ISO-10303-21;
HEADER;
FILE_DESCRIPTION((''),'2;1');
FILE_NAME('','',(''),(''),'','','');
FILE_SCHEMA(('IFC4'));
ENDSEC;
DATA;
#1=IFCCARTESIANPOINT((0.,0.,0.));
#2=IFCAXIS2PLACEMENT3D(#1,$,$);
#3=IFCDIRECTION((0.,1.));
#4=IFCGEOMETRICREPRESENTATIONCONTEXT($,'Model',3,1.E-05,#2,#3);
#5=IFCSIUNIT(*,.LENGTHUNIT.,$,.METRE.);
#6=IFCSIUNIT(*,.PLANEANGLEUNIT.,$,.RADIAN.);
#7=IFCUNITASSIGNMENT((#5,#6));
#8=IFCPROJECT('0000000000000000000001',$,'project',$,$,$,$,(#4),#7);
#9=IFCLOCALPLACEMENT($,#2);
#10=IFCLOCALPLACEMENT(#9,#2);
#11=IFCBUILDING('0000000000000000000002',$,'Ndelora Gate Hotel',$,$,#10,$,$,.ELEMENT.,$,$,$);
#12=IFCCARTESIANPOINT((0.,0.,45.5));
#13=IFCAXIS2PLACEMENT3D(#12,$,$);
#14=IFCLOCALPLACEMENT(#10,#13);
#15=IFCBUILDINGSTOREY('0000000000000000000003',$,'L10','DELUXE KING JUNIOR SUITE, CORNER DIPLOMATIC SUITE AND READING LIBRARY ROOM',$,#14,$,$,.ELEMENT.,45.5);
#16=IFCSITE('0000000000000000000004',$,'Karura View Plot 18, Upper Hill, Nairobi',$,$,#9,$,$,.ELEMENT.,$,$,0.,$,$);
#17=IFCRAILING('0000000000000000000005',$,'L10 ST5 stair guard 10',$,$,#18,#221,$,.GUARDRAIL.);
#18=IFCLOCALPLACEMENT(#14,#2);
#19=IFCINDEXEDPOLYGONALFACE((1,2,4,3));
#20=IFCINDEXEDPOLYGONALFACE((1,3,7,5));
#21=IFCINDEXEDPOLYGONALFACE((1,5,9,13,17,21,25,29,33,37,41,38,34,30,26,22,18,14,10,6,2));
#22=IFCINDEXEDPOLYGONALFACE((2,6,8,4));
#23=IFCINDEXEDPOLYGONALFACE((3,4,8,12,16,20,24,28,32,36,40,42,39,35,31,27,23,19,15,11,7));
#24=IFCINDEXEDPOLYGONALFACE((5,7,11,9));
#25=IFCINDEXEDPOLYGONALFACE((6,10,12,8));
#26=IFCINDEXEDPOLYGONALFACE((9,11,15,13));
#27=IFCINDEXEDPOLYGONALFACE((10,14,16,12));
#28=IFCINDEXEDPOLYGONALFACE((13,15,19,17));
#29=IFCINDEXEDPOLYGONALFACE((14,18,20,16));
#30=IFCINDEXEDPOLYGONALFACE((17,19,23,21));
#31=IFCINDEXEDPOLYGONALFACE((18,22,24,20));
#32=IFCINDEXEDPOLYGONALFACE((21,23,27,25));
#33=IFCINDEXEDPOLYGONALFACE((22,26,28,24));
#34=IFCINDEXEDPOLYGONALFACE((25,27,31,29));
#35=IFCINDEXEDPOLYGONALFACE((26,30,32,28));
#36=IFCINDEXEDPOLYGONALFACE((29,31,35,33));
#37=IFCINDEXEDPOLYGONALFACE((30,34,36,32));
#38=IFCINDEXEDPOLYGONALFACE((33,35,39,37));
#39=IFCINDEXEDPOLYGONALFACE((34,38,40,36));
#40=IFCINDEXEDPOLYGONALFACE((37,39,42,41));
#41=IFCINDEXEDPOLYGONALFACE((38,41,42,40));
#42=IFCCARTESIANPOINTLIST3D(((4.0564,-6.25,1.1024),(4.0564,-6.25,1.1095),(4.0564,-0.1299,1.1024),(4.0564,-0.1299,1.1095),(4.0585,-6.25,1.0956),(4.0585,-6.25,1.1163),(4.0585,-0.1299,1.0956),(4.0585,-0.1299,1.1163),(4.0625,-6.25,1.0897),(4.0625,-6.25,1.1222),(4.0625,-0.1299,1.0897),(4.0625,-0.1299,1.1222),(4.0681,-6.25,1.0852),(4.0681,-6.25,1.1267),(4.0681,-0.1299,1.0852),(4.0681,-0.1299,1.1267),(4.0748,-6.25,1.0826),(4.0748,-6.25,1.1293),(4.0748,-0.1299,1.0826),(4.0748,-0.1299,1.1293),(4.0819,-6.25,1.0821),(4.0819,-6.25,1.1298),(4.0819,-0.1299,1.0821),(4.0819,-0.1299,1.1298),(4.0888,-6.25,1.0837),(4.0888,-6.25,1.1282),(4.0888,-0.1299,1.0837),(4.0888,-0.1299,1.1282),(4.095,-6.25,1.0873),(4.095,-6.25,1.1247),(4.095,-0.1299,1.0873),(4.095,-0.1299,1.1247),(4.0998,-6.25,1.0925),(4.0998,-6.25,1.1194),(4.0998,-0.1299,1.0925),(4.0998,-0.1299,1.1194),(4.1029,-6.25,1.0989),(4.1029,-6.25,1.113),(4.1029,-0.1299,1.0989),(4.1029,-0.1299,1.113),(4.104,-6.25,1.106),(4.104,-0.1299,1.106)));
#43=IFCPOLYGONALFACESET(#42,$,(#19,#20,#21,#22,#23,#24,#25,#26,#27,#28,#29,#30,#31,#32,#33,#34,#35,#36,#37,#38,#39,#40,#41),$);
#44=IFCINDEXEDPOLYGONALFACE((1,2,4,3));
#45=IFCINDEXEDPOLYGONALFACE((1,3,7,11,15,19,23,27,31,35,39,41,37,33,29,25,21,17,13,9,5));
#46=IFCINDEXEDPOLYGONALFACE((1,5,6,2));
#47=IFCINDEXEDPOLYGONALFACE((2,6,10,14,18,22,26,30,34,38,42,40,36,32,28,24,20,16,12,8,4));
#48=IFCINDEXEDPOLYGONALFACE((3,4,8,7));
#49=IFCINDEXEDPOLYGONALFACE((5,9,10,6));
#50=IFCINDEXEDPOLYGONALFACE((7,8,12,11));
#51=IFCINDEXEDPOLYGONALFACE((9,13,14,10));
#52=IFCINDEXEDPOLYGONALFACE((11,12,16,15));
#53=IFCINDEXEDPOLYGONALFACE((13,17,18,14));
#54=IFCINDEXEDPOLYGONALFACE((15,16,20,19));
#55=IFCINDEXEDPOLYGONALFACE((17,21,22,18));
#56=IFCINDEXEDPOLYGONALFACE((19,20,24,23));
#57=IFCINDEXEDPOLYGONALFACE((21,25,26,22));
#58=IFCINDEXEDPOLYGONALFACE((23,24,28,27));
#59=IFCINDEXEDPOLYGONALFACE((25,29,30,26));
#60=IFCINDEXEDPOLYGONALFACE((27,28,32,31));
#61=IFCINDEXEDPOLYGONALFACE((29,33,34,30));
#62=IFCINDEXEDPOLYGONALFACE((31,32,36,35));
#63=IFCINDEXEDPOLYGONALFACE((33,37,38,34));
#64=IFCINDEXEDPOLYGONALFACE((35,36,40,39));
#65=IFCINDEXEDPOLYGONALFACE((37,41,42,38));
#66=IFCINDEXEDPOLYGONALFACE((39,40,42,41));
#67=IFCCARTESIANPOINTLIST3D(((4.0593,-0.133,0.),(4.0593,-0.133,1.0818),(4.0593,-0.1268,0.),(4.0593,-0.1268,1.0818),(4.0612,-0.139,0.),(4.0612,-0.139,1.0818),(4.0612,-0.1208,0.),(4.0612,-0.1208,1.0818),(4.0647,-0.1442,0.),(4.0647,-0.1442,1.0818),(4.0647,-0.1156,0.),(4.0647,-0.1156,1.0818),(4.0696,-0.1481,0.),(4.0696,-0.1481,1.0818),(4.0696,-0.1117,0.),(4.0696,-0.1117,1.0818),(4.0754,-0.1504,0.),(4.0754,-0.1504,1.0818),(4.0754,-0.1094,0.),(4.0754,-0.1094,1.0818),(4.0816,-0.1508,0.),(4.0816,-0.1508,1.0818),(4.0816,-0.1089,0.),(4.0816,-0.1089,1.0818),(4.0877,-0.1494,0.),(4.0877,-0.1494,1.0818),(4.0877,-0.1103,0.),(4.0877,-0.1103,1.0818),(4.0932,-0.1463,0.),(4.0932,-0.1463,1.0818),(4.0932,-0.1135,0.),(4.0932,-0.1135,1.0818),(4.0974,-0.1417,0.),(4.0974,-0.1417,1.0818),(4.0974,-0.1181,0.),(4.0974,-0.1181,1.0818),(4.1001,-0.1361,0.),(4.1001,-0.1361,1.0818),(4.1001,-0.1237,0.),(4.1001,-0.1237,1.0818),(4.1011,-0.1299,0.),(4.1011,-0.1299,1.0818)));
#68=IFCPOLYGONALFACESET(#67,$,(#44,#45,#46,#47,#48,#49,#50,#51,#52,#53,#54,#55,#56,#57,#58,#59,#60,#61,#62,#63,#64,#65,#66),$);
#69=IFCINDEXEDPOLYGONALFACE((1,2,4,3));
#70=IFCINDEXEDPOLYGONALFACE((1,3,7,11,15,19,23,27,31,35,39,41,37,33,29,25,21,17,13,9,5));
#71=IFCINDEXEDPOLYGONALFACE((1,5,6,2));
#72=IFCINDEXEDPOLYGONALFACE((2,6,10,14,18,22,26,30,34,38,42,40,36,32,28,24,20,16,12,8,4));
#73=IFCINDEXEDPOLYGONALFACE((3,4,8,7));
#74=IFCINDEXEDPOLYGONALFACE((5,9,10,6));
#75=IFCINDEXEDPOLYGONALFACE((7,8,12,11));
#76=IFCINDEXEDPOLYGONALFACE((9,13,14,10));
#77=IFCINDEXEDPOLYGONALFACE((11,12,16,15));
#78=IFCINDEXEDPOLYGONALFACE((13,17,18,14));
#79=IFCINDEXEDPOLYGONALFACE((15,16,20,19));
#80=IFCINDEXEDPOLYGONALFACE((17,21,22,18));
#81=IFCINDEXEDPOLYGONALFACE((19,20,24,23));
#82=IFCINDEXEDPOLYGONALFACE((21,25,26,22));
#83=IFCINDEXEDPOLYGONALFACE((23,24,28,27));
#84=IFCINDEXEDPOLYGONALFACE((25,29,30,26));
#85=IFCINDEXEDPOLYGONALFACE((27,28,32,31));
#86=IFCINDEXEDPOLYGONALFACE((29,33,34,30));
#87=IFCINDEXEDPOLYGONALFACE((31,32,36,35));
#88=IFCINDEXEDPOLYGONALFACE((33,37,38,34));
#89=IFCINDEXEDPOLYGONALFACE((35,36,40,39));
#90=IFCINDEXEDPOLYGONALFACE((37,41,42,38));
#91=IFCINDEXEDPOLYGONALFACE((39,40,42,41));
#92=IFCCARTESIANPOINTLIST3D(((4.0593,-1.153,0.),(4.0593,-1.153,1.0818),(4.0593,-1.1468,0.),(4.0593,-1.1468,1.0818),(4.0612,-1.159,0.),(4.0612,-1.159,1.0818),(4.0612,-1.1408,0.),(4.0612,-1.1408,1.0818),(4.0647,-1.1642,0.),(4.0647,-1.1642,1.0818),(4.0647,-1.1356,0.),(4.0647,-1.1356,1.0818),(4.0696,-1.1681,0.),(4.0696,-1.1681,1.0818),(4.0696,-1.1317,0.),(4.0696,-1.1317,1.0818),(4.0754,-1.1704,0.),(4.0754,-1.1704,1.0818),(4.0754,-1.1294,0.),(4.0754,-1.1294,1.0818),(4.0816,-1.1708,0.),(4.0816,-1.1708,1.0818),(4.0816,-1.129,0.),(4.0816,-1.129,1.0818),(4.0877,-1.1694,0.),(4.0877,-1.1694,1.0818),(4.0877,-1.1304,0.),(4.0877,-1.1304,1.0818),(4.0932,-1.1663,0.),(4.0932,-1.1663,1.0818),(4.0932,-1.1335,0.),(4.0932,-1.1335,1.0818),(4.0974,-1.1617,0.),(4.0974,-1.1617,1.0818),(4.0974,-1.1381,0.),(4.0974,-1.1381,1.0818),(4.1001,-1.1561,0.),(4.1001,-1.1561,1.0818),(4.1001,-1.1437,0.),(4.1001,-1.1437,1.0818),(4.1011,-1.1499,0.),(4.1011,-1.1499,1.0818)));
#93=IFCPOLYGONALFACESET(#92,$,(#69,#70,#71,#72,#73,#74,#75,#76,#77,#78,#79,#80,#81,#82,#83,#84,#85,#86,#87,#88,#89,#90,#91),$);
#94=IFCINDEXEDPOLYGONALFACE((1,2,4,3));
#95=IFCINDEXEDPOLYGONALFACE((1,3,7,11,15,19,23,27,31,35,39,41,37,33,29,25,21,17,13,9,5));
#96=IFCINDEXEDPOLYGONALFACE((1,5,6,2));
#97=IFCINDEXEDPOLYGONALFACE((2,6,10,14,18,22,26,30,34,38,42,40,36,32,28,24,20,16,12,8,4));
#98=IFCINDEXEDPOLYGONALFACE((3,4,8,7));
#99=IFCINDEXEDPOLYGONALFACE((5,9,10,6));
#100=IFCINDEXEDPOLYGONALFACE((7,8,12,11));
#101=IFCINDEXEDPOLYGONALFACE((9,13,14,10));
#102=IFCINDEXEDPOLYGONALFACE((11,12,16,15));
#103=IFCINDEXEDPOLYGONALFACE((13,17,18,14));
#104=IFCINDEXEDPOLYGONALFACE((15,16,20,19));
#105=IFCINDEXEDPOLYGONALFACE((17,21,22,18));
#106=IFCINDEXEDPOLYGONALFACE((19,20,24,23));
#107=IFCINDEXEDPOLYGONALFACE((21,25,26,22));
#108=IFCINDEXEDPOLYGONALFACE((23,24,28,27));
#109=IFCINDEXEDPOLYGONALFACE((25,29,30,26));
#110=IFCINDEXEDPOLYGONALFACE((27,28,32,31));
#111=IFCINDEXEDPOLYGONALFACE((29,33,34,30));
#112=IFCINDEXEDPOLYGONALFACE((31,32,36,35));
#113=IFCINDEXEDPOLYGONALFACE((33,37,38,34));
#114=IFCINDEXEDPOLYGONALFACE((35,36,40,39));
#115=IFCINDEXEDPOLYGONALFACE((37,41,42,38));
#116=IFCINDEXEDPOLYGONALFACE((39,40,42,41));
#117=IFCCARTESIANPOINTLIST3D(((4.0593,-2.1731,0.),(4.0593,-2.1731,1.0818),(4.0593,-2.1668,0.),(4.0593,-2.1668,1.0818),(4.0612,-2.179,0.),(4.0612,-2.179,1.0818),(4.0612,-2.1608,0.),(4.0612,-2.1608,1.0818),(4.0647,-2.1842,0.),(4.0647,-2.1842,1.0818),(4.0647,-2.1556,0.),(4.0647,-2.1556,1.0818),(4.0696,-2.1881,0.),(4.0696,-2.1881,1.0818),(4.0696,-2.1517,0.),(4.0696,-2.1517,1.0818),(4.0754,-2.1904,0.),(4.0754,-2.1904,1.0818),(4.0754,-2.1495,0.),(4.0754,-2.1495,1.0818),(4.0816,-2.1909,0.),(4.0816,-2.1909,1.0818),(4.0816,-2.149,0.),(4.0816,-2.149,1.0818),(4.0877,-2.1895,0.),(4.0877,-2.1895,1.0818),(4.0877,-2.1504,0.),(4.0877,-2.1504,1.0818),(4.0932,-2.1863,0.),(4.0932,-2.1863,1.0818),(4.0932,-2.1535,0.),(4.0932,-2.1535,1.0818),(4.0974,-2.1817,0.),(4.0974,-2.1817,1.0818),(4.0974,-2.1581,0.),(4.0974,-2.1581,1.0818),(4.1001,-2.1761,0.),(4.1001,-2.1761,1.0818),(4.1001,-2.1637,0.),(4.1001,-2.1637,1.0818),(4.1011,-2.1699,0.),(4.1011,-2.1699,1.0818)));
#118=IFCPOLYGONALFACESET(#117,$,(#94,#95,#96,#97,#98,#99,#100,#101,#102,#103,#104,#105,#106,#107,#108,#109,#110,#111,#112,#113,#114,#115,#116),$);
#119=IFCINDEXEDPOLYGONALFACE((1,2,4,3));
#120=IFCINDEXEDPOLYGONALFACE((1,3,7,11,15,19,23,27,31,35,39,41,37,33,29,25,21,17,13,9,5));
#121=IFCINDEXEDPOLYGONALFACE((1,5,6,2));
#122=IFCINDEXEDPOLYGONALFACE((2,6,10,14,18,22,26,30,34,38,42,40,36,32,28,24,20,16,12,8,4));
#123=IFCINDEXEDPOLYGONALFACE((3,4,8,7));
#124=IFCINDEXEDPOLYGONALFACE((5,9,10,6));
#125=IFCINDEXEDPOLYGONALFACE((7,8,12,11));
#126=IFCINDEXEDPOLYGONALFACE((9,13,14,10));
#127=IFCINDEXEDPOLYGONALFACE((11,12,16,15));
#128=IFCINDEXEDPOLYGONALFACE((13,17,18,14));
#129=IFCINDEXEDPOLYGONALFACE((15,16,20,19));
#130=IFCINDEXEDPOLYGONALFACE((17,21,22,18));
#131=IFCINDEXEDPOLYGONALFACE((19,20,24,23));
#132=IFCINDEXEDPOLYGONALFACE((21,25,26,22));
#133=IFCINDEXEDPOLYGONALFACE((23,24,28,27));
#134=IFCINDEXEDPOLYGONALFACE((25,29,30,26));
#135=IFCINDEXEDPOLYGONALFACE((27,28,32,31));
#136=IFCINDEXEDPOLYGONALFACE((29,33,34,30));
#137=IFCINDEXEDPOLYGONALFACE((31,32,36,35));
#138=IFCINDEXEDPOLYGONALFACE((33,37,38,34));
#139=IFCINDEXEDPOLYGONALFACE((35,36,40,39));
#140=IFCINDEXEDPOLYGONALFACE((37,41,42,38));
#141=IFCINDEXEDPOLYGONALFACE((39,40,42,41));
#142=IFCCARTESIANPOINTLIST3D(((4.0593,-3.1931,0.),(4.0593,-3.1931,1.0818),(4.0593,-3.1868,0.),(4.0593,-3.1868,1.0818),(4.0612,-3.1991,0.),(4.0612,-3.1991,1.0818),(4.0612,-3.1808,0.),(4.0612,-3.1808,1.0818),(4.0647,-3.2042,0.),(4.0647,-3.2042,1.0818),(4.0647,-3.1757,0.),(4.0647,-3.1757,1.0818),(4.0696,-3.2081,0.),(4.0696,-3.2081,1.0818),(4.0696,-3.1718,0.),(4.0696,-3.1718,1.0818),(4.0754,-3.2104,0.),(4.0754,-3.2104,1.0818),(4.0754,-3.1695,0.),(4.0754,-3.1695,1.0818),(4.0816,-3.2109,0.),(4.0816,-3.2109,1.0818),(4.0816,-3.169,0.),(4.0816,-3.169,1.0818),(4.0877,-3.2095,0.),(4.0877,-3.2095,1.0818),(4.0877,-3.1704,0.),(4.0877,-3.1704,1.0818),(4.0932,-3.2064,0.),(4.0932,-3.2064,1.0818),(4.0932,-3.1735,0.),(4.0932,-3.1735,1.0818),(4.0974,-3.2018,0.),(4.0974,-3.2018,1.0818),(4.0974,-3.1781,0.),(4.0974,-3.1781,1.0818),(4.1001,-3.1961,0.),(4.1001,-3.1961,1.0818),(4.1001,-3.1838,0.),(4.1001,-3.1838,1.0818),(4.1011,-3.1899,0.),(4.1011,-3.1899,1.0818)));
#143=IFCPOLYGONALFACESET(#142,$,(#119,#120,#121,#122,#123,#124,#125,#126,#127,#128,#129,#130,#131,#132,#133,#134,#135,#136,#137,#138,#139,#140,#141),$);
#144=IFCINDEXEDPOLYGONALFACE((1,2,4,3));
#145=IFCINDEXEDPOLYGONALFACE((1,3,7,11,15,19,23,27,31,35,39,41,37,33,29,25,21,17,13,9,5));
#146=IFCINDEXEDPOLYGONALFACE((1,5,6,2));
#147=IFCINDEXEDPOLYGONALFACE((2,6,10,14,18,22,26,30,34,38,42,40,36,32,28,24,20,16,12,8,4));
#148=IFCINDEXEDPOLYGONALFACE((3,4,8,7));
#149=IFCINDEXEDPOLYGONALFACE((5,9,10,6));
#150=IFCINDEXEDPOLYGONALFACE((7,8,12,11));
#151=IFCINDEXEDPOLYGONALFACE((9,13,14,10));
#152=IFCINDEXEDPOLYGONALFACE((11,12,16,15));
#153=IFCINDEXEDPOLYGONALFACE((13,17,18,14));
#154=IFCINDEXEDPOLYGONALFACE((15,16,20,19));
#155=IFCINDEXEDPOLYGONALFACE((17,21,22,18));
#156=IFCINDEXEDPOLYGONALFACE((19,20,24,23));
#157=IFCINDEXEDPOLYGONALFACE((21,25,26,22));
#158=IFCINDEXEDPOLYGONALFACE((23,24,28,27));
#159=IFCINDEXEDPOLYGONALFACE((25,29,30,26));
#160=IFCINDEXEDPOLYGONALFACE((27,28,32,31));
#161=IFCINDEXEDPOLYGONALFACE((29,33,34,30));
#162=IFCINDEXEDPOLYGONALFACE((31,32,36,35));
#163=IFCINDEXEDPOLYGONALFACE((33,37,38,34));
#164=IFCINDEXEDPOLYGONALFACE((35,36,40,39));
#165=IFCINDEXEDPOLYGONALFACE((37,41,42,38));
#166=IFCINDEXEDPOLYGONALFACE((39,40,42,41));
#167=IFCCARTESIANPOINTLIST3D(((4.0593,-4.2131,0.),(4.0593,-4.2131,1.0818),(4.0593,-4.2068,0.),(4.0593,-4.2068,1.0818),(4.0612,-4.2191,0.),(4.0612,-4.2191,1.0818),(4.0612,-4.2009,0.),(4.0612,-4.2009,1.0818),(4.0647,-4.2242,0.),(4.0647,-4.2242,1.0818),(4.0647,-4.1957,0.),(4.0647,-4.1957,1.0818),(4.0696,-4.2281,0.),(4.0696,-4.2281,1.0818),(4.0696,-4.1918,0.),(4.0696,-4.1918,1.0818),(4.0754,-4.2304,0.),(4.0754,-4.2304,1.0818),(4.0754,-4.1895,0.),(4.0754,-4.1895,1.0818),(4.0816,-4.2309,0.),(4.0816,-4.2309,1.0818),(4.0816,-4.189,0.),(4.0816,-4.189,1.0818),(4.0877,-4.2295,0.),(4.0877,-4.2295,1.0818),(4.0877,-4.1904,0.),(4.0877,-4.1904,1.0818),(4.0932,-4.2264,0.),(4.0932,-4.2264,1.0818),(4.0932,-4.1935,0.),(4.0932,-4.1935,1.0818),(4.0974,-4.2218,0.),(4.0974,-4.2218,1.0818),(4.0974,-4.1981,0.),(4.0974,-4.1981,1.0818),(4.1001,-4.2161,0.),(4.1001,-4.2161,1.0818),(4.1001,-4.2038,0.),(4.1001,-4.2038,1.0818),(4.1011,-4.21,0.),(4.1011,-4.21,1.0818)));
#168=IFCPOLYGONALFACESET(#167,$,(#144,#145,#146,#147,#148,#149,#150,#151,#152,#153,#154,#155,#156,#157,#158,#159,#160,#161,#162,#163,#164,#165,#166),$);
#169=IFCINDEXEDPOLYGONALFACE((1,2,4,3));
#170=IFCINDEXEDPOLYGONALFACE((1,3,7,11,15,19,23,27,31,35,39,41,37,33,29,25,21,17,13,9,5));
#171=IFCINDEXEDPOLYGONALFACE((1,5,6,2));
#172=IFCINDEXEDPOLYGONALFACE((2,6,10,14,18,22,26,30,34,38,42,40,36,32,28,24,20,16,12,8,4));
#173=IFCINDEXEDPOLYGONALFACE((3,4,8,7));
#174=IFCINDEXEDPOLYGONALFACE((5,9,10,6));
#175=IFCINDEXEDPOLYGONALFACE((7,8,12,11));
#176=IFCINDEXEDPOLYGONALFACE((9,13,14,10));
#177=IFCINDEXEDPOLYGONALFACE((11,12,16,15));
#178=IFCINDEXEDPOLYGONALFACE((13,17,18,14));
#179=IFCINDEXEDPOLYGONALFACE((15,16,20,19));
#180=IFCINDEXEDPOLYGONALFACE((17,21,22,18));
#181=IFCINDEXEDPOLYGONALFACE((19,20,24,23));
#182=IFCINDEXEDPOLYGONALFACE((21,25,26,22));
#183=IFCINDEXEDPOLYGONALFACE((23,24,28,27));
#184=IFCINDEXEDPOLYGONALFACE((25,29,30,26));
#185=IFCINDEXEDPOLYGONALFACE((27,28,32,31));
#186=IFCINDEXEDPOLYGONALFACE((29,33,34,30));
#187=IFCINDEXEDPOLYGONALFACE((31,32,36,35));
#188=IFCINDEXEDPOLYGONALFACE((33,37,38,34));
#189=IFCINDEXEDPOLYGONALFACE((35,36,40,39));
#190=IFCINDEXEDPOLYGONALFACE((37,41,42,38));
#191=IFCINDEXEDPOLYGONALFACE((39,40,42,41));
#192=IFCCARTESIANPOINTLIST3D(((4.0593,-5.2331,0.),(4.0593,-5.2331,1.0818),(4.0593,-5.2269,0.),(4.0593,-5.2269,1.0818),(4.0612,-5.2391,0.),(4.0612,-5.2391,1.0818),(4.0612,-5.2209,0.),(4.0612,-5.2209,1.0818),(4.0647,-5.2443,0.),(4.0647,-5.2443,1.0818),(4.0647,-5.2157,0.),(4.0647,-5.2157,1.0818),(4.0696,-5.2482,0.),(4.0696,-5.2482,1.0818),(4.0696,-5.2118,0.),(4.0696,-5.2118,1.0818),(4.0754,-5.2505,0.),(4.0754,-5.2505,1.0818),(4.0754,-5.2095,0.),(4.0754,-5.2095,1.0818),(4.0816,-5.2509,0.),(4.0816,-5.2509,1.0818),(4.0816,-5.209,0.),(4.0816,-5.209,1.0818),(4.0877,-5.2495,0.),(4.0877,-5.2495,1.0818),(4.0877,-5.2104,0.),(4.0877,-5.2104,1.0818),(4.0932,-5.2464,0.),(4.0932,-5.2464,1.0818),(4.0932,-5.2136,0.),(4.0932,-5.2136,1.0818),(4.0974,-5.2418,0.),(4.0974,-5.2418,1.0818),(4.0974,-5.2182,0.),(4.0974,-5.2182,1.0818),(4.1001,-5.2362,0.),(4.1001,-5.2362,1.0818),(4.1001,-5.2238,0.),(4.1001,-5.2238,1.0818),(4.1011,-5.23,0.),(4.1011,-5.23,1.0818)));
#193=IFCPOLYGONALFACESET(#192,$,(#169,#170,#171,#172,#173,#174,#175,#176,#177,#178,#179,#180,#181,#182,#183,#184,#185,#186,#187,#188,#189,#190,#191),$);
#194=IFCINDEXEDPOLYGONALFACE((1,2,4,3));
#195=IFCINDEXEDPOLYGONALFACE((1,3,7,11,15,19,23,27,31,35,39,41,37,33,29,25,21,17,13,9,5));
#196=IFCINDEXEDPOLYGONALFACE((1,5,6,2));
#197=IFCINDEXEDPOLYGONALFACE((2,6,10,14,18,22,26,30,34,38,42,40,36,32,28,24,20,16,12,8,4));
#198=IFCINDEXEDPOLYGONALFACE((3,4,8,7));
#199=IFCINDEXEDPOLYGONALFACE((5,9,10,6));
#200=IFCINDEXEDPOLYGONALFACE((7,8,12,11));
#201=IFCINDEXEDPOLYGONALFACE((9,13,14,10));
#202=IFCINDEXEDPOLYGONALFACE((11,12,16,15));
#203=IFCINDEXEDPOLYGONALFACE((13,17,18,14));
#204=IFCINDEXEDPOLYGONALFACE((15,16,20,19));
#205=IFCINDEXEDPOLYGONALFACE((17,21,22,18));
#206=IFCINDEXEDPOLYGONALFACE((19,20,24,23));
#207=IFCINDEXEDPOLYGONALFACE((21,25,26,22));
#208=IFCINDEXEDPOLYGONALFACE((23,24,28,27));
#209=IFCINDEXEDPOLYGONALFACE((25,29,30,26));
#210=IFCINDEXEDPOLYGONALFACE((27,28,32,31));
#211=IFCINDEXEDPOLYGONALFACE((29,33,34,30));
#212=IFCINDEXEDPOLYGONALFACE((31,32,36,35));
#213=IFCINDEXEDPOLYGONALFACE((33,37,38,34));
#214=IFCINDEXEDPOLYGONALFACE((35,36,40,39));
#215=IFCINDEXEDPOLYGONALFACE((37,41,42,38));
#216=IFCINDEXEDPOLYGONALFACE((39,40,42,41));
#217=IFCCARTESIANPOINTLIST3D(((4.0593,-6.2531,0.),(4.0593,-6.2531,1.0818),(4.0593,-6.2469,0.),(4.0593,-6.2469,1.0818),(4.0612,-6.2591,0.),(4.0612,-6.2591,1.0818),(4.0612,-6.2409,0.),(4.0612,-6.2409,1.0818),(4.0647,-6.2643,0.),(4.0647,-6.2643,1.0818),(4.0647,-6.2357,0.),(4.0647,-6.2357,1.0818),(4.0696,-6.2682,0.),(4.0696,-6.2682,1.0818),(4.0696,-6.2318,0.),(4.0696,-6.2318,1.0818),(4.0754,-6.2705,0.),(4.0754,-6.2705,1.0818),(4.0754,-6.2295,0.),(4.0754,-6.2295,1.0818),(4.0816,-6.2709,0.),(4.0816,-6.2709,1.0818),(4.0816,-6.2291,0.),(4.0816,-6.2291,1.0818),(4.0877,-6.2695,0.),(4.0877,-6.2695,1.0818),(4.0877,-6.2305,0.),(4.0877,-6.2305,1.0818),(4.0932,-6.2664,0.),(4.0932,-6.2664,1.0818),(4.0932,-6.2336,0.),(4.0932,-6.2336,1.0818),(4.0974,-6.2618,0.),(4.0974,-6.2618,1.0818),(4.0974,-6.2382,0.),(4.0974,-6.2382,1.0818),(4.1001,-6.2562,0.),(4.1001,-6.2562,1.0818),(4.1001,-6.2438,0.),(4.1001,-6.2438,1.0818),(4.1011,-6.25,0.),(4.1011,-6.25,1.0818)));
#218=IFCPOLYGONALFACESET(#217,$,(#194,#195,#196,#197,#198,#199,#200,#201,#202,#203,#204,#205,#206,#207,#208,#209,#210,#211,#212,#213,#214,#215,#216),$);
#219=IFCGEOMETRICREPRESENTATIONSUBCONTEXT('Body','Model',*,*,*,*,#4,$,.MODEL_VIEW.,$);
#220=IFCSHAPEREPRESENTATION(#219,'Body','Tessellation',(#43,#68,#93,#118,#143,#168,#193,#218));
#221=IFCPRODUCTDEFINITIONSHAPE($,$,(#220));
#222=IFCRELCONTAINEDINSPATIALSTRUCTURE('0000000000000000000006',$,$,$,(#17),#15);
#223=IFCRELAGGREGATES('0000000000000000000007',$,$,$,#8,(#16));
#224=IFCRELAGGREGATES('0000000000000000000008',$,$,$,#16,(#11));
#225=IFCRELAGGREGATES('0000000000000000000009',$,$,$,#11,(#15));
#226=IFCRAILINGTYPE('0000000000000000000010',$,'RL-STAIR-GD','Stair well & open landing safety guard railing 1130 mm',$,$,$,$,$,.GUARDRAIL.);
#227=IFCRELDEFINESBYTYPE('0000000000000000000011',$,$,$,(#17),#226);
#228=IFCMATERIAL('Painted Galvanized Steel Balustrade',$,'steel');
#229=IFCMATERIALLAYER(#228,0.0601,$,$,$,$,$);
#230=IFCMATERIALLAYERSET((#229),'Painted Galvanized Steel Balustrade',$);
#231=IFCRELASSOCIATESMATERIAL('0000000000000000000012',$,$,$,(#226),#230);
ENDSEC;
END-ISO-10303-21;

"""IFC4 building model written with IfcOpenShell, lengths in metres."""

from ifc_helpers import new_model, si_unit, direction, frame, origin, origin_2d, place, context, subcontext, project, spatial, circle, extrude, material, layer, layer_set, type_object, element, save


model = new_model("IFC4")

# Units and contexts
model_context = context("Model", 3, precision=1e-05, world=origin(), true_north=direction((0.0, 1.0)))
body_context = subcontext(model_context, "Body", "Model", "MODEL_VIEW")
ifc_project = project(units=[si_unit("LENGTHUNIT", "METRE"), si_unit("PLANEANGLEUNIT", "RADIAN")], contexts=[model_context])

# Site, building, storey
site_placement = place(None, origin())
site = spatial("IfcSite", under=ifc_project, at=site_placement, Name="Karura View Plot 18, Upper Hill, Nairobi", CompositionType="ELEMENT", RefElevation=0.0)
building_placement = place(site_placement, origin())
building = spatial("IfcBuilding", under=site, at=building_placement, Name="Ndelora Gate Hotel", CompositionType="ELEMENT")
storey_placement = place(building_placement, frame((0.0, 0.0, 45.5)))
storey = spatial("IfcBuildingStorey", under=building, at=storey_placement, Name="L10", Description="DELUXE KING JUNIOR SUITE, CORNER DIPLOMATIC SUITE AND READING LIBRARY ROOM", CompositionType="ELEMENT", Elevation=45.5)

# Railing
ifc_material_1 = material(Name="Painted Galvanized Steel Balustrade", Category="steel")
ifc_layer_1 = layer(ifc_material_1, 0.0601)
ifc_layer_set_1 = layer_set([ifc_layer_1], Name="Painted Galvanized Steel Balustrade")
railing_type_1 = type_object("IfcRailingType", Name="RL-STAIR-GD", Description="Stair well & open landing safety guard railing 1130 mm", PredefinedType="GUARDRAIL", material=ifc_layer_set_1)
railing_1_placement = place(storey_placement, frame((4.0801, -0.1299, 0.0)))
element("IfcRailing", 1, at=railing_1_placement, inside=storey, type_object=railing_type_1, Name="L10 ST5 stair guard 10", PredefinedType="GUARDRAIL", context=body_context, shape_type="SweptSolid", body=[
    extrude(circle(Radius=0.0239, at=origin_2d()), frame((0.0, 0.0, 1.106), z_axis=(0.0, -1.0, 0.0), x_axis=(1.0, 0.0, 0.0)), (0.0, 0.0, 1.0), 6.1201),
    extrude(circle(Radius=0.021, at=origin_2d()), origin(), (0.0, 0.0, 1.0), 1.0818),
    extrude(circle(Radius=0.021, at=origin_2d()), frame((0.0, -1.02, 0.0)), (0.0, 0.0, 1.0), 1.0818),
    extrude(circle(Radius=0.021, at=origin_2d()), frame((0.0, -2.04, 0.0)), (0.0, 0.0, 1.0), 1.0818),
    extrude(circle(Radius=0.021, at=origin_2d()), frame((0.0, -3.0601, 0.0)), (0.0, 0.0, 1.0), 1.0818),
    extrude(circle(Radius=0.021, at=origin_2d()), frame((0.0, -4.0801, 0.0)), (0.0, 0.0, 1.0), 1.0818),
    extrude(circle(Radius=0.021, at=origin_2d()), frame((0.0, -5.1001, 0.0)), (0.0, 0.0, 1.0), 1.0818),
    extrude(circle(Radius=0.021, at=origin_2d()), frame((0.0, -6.1201, 0.0)), (0.0, 0.0, 1.0), 1.0818),
])

save(model, "model.ifc")
